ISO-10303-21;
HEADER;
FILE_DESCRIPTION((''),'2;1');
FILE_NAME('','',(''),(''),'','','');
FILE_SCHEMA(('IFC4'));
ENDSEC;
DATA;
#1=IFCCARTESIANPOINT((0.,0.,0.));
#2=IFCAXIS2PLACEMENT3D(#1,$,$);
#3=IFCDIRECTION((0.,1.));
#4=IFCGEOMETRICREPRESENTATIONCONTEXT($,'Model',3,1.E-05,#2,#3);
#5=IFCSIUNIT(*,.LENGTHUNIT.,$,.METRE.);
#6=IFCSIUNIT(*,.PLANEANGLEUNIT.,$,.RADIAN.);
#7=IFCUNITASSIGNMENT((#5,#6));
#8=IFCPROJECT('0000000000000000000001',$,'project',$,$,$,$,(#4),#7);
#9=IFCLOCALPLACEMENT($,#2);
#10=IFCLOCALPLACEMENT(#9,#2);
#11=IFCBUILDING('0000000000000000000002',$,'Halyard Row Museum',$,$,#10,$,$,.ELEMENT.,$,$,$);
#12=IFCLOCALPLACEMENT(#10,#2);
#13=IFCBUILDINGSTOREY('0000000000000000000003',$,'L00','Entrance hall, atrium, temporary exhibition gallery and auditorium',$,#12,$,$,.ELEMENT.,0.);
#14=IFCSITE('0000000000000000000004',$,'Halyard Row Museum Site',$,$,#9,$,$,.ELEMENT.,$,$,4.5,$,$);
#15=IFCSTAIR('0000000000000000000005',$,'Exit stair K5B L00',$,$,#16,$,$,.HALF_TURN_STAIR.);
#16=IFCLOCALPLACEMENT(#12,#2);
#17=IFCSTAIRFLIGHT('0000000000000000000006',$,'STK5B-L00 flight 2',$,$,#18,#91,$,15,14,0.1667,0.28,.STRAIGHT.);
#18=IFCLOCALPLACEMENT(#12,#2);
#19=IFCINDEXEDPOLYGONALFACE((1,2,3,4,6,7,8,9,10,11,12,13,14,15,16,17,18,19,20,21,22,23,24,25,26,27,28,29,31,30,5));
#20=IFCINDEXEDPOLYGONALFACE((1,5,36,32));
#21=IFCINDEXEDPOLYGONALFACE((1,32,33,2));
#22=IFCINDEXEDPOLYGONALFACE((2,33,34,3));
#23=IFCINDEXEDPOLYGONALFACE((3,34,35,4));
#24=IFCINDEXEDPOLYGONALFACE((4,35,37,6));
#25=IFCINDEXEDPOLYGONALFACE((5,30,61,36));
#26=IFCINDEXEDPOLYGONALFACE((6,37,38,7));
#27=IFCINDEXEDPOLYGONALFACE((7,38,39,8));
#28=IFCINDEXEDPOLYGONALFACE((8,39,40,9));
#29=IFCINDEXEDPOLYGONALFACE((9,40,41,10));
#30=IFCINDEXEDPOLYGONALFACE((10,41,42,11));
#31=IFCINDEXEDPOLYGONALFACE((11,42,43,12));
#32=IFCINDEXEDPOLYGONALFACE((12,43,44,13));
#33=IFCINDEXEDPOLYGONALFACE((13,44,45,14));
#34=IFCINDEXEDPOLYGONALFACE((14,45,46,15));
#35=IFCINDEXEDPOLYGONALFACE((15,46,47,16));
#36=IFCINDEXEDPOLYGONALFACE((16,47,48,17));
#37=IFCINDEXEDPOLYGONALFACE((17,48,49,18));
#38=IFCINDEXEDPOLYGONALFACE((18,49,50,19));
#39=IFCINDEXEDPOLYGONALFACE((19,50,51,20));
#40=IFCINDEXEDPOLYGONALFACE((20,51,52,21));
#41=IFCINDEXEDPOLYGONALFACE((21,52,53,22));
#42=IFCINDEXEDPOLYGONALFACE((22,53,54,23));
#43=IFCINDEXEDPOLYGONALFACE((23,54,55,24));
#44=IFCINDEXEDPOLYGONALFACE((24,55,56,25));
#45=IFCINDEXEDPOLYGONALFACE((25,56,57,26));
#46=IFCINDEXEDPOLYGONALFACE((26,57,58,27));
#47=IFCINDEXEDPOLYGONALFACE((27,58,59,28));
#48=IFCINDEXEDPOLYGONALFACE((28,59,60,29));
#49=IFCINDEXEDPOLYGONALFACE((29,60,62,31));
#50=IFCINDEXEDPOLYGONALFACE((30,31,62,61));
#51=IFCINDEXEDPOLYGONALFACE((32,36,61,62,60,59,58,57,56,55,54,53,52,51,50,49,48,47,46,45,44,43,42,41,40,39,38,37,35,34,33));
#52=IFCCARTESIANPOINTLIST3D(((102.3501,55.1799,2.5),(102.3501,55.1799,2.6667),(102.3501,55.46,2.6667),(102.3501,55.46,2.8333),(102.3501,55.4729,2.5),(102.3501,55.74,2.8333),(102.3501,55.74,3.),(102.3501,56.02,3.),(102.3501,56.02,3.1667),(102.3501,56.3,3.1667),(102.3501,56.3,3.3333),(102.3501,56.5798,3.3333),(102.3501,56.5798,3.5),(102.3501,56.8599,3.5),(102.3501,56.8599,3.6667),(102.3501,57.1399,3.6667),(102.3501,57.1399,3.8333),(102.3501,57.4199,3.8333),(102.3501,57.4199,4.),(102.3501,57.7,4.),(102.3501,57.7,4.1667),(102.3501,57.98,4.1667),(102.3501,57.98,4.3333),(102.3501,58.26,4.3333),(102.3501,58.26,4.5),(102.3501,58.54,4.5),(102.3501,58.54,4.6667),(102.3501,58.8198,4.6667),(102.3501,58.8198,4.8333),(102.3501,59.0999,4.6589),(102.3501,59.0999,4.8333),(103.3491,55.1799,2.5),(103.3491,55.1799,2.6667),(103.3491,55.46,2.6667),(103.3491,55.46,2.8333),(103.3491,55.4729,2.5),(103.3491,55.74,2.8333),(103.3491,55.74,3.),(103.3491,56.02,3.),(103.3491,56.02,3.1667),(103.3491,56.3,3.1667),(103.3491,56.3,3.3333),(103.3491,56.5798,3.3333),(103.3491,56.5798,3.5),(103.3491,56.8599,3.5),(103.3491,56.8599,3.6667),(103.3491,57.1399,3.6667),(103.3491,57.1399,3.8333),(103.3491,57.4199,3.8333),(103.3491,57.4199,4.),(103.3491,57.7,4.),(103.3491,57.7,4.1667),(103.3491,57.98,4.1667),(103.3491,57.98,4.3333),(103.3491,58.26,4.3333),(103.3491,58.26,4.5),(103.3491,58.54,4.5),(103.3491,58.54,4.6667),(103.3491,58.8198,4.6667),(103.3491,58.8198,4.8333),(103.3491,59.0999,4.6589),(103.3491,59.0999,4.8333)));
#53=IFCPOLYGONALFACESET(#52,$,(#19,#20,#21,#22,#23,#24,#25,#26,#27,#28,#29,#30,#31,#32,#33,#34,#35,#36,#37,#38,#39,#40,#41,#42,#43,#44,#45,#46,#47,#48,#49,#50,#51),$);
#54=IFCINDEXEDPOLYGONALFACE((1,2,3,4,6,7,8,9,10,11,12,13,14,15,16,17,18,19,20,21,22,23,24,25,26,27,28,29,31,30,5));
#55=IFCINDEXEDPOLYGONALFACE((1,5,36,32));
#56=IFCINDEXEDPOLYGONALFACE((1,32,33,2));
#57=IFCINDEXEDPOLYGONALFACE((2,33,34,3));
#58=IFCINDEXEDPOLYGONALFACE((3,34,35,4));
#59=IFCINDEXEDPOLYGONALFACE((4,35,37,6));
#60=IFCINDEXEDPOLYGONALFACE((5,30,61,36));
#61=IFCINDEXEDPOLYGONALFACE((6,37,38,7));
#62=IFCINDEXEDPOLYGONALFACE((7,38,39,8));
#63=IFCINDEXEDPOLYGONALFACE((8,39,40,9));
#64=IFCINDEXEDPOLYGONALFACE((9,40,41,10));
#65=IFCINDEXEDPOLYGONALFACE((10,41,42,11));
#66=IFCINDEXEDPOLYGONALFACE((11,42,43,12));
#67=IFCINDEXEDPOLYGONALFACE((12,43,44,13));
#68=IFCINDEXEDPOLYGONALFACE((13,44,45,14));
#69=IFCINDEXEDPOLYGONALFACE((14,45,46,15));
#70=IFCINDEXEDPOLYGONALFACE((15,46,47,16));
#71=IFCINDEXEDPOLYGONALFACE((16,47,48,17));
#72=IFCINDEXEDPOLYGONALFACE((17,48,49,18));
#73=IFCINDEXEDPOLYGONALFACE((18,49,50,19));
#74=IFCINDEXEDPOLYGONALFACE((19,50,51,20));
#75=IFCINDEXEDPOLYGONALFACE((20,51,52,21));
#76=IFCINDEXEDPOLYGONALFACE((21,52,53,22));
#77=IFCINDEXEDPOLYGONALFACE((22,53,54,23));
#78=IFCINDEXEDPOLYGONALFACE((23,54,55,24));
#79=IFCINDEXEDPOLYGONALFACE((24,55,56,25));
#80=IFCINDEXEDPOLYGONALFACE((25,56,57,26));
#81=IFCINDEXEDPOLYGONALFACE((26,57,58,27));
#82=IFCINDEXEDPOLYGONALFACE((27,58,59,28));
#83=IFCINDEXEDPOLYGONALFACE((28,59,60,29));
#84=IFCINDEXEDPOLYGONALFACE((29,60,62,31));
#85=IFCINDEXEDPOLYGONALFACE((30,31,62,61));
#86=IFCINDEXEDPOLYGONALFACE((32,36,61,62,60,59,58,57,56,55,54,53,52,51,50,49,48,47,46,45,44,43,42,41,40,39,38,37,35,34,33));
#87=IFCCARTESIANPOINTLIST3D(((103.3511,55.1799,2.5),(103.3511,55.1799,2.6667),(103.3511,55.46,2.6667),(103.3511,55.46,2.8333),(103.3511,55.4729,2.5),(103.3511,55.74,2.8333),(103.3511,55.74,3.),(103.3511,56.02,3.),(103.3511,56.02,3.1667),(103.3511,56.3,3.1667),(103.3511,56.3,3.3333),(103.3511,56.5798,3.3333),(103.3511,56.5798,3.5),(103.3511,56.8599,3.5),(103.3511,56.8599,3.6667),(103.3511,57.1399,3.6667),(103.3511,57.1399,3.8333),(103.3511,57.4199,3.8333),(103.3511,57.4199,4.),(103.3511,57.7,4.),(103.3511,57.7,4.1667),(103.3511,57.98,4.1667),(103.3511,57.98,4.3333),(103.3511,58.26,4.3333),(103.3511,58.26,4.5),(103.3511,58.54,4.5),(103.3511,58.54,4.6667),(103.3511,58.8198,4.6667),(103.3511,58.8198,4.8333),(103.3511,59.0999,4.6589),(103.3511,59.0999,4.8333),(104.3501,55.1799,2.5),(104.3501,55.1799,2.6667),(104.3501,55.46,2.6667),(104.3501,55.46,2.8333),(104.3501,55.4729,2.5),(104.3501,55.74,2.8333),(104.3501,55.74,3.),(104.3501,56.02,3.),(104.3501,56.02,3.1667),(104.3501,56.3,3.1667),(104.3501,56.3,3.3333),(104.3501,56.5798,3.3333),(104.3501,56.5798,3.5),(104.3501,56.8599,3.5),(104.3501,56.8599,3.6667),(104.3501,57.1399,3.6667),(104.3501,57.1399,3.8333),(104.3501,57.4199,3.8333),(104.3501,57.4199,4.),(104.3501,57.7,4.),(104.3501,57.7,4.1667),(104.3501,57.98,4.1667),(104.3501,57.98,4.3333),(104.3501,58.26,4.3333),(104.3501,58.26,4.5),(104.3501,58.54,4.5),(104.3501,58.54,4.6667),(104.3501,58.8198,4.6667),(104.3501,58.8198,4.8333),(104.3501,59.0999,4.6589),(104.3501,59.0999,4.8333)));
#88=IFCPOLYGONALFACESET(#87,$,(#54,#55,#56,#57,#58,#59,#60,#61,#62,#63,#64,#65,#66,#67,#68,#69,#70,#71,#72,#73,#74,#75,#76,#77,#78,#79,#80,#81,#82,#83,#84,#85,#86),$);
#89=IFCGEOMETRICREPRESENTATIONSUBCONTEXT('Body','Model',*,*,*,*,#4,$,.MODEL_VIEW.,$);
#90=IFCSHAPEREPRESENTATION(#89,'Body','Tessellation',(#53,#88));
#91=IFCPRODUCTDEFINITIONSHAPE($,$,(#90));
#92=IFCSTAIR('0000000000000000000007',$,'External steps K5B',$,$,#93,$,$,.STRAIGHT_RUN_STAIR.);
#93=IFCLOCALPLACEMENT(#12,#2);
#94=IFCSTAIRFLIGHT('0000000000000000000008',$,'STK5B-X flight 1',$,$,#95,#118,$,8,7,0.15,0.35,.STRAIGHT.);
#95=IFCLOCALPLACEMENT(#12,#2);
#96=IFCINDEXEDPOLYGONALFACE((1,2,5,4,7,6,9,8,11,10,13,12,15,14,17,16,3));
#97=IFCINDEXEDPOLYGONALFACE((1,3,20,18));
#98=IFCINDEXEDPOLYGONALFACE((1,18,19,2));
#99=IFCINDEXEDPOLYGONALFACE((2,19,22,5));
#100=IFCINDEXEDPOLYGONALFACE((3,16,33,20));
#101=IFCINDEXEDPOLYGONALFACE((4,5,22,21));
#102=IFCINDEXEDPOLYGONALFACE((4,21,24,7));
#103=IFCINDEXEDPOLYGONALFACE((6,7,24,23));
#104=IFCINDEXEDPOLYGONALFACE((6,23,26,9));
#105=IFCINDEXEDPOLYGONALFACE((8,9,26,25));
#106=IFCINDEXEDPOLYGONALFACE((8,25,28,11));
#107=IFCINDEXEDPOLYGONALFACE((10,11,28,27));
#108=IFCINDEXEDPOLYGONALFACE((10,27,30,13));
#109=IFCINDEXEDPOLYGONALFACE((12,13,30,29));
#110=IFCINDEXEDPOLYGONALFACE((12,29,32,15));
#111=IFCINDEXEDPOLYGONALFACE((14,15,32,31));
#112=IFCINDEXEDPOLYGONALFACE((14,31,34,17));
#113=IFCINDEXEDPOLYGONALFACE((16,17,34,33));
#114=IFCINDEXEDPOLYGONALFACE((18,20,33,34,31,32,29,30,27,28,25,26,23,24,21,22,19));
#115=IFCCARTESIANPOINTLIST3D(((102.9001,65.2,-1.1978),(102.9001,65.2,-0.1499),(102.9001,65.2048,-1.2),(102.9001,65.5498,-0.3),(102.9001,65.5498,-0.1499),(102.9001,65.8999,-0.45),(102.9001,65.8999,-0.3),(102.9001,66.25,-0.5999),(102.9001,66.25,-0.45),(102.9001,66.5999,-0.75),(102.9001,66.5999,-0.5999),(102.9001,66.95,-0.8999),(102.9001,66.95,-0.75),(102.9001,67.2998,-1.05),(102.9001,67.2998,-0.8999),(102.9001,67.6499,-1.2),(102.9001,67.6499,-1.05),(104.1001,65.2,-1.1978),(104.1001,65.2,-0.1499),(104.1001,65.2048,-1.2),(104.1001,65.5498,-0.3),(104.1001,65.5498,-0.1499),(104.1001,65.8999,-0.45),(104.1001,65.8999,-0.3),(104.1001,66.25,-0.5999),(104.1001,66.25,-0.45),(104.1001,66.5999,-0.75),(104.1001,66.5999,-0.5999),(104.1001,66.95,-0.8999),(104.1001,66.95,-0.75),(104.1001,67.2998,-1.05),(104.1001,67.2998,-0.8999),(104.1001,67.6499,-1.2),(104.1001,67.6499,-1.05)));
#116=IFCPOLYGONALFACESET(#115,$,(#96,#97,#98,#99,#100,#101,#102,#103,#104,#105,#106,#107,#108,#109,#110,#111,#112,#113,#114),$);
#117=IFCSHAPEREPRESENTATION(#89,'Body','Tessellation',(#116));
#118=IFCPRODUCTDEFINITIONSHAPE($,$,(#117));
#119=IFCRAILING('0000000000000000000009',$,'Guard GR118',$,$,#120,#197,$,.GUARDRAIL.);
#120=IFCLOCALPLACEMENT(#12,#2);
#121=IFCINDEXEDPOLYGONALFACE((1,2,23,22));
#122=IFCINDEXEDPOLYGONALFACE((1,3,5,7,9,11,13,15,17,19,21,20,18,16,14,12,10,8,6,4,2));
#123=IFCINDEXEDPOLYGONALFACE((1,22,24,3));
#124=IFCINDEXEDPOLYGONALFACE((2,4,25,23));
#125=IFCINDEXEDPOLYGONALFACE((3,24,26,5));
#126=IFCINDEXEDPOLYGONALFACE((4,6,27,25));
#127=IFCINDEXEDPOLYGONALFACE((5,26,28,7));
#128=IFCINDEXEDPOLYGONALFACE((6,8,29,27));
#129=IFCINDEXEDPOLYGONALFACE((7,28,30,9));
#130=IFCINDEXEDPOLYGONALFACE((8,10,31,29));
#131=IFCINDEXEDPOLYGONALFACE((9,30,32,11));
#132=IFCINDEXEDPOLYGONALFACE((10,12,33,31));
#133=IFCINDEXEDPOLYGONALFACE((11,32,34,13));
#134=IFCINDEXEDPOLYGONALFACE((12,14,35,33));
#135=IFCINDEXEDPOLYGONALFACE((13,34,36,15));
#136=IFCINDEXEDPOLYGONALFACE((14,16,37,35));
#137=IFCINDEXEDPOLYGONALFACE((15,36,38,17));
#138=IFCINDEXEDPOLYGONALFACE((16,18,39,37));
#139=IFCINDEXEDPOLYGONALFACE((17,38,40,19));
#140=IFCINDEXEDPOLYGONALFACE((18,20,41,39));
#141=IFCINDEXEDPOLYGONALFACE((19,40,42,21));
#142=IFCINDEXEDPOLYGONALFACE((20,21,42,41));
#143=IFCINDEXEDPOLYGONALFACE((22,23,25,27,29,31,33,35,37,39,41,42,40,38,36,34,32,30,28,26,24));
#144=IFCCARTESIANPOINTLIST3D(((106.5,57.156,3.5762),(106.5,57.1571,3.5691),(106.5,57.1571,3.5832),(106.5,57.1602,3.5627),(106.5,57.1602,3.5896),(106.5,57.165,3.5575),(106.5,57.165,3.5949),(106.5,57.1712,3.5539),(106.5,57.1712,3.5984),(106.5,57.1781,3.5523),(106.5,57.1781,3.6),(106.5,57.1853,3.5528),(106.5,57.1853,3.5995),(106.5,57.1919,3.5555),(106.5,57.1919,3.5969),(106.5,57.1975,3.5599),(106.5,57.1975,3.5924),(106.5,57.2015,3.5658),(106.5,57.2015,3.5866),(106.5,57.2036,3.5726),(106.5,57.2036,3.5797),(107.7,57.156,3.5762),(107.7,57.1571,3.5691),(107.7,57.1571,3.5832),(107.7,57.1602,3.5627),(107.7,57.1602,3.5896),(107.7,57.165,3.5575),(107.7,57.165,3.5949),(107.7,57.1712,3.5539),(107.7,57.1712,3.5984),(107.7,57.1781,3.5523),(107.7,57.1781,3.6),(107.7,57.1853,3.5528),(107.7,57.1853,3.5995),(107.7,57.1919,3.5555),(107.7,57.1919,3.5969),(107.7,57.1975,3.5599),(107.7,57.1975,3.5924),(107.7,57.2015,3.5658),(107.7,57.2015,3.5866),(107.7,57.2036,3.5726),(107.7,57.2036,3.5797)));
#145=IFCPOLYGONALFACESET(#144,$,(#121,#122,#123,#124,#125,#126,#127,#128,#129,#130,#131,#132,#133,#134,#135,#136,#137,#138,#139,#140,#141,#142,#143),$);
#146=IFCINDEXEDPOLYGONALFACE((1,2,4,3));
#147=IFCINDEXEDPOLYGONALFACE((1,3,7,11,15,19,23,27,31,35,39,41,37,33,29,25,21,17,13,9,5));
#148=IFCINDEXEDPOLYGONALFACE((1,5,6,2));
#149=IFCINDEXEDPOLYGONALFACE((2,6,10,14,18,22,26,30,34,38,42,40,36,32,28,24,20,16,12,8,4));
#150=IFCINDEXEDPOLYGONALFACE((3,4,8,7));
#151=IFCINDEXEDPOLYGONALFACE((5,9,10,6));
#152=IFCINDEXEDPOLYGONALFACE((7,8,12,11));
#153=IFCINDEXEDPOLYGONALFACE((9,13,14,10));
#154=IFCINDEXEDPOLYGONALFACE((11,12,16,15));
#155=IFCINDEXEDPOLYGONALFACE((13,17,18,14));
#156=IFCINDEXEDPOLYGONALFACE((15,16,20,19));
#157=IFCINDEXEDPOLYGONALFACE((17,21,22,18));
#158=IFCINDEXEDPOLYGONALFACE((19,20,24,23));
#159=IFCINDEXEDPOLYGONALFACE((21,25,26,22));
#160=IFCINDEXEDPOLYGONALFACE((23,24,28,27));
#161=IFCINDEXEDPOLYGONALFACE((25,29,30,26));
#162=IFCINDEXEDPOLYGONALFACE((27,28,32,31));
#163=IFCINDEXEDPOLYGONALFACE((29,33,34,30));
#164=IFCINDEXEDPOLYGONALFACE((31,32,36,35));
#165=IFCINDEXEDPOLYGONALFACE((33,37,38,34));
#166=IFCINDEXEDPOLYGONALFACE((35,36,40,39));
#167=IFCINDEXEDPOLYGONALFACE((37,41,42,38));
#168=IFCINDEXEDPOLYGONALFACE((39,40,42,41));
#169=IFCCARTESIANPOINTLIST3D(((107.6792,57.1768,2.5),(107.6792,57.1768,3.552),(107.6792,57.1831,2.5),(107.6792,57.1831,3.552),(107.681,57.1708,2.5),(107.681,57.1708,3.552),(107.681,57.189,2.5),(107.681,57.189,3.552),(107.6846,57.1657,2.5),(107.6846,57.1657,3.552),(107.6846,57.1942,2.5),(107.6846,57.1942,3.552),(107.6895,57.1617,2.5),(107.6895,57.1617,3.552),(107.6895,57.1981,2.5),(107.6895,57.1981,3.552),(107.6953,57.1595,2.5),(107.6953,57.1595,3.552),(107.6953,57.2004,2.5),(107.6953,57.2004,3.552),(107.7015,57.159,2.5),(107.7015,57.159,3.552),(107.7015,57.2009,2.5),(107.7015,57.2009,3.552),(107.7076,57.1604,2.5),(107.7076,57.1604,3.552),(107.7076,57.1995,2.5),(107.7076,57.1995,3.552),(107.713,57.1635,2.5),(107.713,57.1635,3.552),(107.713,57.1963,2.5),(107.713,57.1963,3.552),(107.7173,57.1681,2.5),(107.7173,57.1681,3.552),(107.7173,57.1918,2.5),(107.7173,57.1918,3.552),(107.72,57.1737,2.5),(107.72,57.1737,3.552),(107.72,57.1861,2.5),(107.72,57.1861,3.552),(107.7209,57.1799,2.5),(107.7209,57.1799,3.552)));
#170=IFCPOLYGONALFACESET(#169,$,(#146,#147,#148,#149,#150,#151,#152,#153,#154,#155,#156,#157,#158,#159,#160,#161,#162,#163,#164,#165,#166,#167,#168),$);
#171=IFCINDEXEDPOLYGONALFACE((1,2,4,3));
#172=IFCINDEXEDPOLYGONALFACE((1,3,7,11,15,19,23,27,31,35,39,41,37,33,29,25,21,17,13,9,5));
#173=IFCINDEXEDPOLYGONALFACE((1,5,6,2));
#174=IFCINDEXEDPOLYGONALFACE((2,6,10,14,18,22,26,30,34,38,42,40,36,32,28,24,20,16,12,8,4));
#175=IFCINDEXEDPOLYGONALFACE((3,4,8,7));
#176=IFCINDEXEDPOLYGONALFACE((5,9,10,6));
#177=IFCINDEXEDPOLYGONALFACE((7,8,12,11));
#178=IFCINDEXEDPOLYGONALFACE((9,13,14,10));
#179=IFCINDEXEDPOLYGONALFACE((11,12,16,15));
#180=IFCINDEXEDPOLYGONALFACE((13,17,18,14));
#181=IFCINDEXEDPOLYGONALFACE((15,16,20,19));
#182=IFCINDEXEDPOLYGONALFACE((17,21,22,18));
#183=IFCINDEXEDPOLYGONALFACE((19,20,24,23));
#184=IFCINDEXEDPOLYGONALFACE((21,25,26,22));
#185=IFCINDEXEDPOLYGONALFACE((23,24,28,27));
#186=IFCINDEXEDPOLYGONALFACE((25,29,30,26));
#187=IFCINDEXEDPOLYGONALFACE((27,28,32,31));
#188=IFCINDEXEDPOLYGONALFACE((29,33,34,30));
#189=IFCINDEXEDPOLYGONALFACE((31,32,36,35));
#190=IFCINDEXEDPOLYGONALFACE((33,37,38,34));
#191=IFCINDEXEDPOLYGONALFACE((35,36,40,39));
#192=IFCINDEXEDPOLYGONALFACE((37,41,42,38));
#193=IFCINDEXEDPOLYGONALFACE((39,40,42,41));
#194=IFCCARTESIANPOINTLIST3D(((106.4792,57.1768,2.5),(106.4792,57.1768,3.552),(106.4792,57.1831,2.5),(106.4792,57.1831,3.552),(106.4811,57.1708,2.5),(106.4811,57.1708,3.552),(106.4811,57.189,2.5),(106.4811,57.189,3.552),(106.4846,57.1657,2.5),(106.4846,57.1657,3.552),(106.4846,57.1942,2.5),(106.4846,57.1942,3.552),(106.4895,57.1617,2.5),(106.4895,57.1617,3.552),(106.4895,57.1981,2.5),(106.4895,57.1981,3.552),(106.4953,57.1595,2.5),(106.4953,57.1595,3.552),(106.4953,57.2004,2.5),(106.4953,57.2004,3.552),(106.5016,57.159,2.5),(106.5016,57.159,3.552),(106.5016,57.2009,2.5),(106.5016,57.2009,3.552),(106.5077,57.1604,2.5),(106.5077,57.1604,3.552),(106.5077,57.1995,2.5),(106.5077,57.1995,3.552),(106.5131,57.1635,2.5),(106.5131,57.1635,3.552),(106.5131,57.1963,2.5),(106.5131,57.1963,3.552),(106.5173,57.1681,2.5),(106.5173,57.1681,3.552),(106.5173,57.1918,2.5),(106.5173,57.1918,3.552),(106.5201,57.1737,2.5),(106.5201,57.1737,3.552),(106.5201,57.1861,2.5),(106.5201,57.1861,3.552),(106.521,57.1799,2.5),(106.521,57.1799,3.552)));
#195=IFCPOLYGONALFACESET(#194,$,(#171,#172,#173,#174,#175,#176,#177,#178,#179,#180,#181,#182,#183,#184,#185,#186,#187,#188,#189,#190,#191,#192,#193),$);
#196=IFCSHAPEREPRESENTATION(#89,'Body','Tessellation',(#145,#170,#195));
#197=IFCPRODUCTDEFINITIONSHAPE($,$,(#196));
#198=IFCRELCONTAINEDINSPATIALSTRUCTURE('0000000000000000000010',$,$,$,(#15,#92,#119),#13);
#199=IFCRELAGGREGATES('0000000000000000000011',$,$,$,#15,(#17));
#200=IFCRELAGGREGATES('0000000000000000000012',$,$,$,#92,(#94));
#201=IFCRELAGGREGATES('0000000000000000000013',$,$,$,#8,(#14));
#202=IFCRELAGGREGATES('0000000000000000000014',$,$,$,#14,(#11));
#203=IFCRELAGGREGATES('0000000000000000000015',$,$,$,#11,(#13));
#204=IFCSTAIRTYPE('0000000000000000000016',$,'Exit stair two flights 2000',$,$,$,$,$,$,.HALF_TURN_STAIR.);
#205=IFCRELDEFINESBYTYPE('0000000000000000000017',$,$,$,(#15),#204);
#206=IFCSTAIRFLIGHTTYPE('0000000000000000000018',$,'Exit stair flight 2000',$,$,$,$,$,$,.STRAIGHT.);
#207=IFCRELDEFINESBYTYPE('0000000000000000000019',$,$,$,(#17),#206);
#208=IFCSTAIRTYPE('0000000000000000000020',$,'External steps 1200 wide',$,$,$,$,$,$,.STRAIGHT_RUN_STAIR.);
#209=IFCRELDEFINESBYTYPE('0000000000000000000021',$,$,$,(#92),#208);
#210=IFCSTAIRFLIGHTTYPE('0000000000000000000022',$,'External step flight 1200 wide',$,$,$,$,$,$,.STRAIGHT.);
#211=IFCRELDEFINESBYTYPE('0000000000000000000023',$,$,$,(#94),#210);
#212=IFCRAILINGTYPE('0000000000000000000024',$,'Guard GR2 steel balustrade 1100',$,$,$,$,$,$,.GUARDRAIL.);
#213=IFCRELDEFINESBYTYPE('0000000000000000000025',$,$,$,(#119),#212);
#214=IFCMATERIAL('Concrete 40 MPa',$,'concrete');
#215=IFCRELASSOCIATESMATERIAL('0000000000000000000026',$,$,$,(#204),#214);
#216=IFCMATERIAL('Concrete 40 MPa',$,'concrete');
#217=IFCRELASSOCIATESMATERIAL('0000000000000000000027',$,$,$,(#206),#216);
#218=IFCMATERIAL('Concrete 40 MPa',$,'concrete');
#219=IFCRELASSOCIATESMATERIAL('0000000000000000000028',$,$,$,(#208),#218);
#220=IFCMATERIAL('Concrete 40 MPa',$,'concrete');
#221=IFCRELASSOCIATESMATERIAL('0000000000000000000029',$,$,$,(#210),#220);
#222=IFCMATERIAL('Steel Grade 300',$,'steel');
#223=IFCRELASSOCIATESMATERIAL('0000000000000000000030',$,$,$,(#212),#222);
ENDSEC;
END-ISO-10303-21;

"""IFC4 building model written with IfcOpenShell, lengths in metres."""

from ifc_helpers import new_model, si_unit, direction, frame, origin, origin_2d, place, context, subcontext, project, spatial, polyline, circle, outline, extrude, material, type_object, element, aggregate, save


model = new_model("IFC4")

# Units and contexts
model_context = context("Model", 3, precision=1e-05, world=origin(), true_north=direction((0.0, 1.0)))
body_context = subcontext(model_context, "Body", "Model", "MODEL_VIEW")
ifc_project = project(units=[si_unit("LENGTHUNIT", "METRE"), si_unit("PLANEANGLEUNIT", "RADIAN")], contexts=[model_context])

# Site, building, storey
site_placement = place(None, origin())
site = spatial("IfcSite", under=ifc_project, at=site_placement, Name="Halyard Row Museum Site", CompositionType="ELEMENT", RefElevation=4.5)
building_placement = place(site_placement, origin())
building = spatial("IfcBuilding", under=site, at=building_placement, Name="Halyard Row Museum", CompositionType="ELEMENT")
storey_placement = place(building_placement, origin())
storey = spatial("IfcBuildingStorey", under=building, at=storey_placement, Name="L00", Description="Entrance hall, atrium, temporary exhibition gallery and auditorium", CompositionType="ELEMENT", Elevation=0.0)

# Stair, stair flight
ifc_material_1 = material(Name="Concrete 40 MPa", Category="concrete")
stair_type_1 = type_object("IfcStairType", Name="Exit stair two flights 2000", PredefinedType="HALF_TURN_STAIR", material=ifc_material_1)
stair_1_placement = place(storey_placement, origin())
stair_1 = element("IfcStair", 1, at=stair_1_placement, inside=storey, type_object=stair_type_1, Name="Exit stair K5B L00", PredefinedType="HALF_TURN_STAIR")
ifc_material_2 = material(Name="Concrete 40 MPa", Category="concrete")
stair_flight_type_1 = type_object("IfcStairFlightType", Name="Exit stair flight 2000", PredefinedType="STRAIGHT", material=ifc_material_2)
stair_flight_1_placement = place(storey_placement, frame((103.3501, 55.1799, 2.5), z_axis=(0.0, 0.0, 1.0), x_axis=(0.0, 1.0, 0.0)))
stair_flight_1 = element("IfcStairFlight", 2, at=stair_flight_1_placement, type_object=stair_flight_type_1, Name="STK5B-L00 flight 2", NumberOfRisers=15, NumberOfTreads=14, PredefinedType="STRAIGHT", RiserHeight=0.1667, TreadLength=0.28, context=body_context, shape_type="SweptSolid", body=[
    extrude(outline(polyline([(0.0, 0.0), (0.0, 0.1667), (0.28, 0.1667), (0.28, 0.3333), (0.5601, 0.3333), (0.5601, 0.5), (0.8401, 0.5), (0.8401, 0.6667), (1.1201, 0.6667), (1.1201, 0.8333), (1.3999, 0.8333), (1.3999, 1.0), (1.6799, 1.0), (1.6799, 1.1667), (1.96, 1.1667), (1.96, 1.3333), (2.24, 1.3333), (2.24, 1.5), (2.52, 1.5), (2.52, 1.6667), (2.8, 1.6667), (2.8, 1.8333), (3.0801, 1.8333), (3.0801, 2.0), (3.3601, 2.0), (3.3601, 2.1667), (3.6399, 2.1667), (3.6399, 2.3333), (3.9199, 2.3333), (3.9199, 2.5), (3.9199, 2.1589), (0.293, 0.0), (0.0, 0.0)])), frame((0.0, 1.0, 0.0), z_axis=(0.0, -1.0, 0.0), x_axis=(1.0, 0.0, 0.0)), (0.0, 0.0, 1.0), 0.999),
    extrude(outline(polyline([(0.0, 0.0), (0.0, 0.1667), (0.28, 0.1667), (0.28, 0.3333), (0.5601, 0.3333), (0.5601, 0.5), (0.8401, 0.5), (0.8401, 0.6667), (1.1201, 0.6667), (1.1201, 0.8333), (1.3999, 0.8333), (1.3999, 1.0), (1.6799, 1.0), (1.6799, 1.1667), (1.96, 1.1667), (1.96, 1.3333), (2.24, 1.3333), (2.24, 1.5), (2.52, 1.5), (2.52, 1.6667), (2.8, 1.6667), (2.8, 1.8333), (3.0801, 1.8333), (3.0801, 2.0), (3.3601, 2.0), (3.3601, 2.1667), (3.6399, 2.1667), (3.6399, 2.3333), (3.9199, 2.3333), (3.9199, 2.5), (3.9199, 2.1589), (0.293, 0.0), (0.0, 0.0)])), frame((0.0, -0.001, 0.0), z_axis=(0.0, -1.0, 0.0), x_axis=(1.0, 0.0, 0.0)), (0.0, 0.0, 1.0), 0.999),
])
aggregate(stair_1, [stair_flight_1])

# Stair, stair flight
ifc_material_3 = material(Name="Concrete 40 MPa", Category="concrete")
stair_type_2 = type_object("IfcStairType", Name="External steps 1200 wide", PredefinedType="STRAIGHT_RUN_STAIR", material=ifc_material_3)
stair_2_placement = place(storey_placement, origin())
stair_2 = element("IfcStair", 3, at=stair_2_placement, inside=storey, type_object=stair_type_2, Name="External steps K5B", PredefinedType="STRAIGHT_RUN_STAIR")
ifc_material_4 = material(Name="Concrete 40 MPa", Category="concrete")
stair_flight_type_2 = type_object("IfcStairFlightType", Name="External step flight 1200 wide", PredefinedType="STRAIGHT", material=ifc_material_4)
stair_flight_2_placement = place(storey_placement, frame((103.5, 67.6499, -1.2), z_axis=(0.0, 0.0, 1.0), x_axis=(0.0, -1.0, 0.0)))
stair_flight_2 = element("IfcStairFlight", 4, at=stair_flight_2_placement, type_object=stair_flight_type_2, Name="STK5B-X flight 1", NumberOfRisers=8, NumberOfTreads=7, PredefinedType="STRAIGHT", RiserHeight=0.15, TreadLength=0.35, context=body_context, shape_type="SweptSolid", body=[
    extrude(outline(polyline([(0.0, 0.0), (0.0, 0.1499), (0.3501, 0.1499), (0.3501, 0.3), (0.7, 0.3), (0.7, 0.45), (1.05, 0.45), (1.05, 0.6001), (1.3999, 0.6001), (1.3999, 0.75), (1.75, 0.75), (1.75, 0.8999), (2.1001, 0.8999), (2.1001, 1.05), (2.45, 1.05), (2.45, 1.2), (2.45, 0.0022), (2.4451, 0.0), (0.0, 0.0)])), frame((0.0, 0.6001, 0.0), z_axis=(0.0, -1.0, 0.0), x_axis=(1.0, 0.0, 0.0)), (0.0, 0.0, 1.0), 1.2),
])
aggregate(stair_2, [stair_flight_2])

# Railing
ifc_material_5 = material(Name="Steel Grade 300", Category="steel")
railing_type_1 = type_object("IfcRailingType", Name="Guard GR2 steel balustrade 1100", PredefinedType="GUARDRAIL", material=ifc_material_5)
railing_1_placement = place(storey_placement, frame((107.7, 57.1799, 2.5)))
element("IfcRailing", 5, at=railing_1_placement, inside=storey, type_object=railing_type_1, Name="Guard GR118", PredefinedType="GUARDRAIL", context=body_context, shape_type="SweptSolid", body=[
    extrude(circle(Radius=0.0239, at=origin_2d()), frame((0.0, 0.0, 1.0762), z_axis=(-1.0, 0.0, 0.0), x_axis=(0.0, -1.0, 0.0)), (0.0, 0.0, 1.0), 1.2),
    extrude(circle(Radius=0.021, at=origin_2d()), origin(), (0.0, 0.0, 1.0), 1.052),
    extrude(circle(Radius=0.021, at=origin_2d()), frame((-1.2, 0.0, 0.0)), (0.0, 0.0, 1.0), 1.052),
])

save(model, "model.ifc")
